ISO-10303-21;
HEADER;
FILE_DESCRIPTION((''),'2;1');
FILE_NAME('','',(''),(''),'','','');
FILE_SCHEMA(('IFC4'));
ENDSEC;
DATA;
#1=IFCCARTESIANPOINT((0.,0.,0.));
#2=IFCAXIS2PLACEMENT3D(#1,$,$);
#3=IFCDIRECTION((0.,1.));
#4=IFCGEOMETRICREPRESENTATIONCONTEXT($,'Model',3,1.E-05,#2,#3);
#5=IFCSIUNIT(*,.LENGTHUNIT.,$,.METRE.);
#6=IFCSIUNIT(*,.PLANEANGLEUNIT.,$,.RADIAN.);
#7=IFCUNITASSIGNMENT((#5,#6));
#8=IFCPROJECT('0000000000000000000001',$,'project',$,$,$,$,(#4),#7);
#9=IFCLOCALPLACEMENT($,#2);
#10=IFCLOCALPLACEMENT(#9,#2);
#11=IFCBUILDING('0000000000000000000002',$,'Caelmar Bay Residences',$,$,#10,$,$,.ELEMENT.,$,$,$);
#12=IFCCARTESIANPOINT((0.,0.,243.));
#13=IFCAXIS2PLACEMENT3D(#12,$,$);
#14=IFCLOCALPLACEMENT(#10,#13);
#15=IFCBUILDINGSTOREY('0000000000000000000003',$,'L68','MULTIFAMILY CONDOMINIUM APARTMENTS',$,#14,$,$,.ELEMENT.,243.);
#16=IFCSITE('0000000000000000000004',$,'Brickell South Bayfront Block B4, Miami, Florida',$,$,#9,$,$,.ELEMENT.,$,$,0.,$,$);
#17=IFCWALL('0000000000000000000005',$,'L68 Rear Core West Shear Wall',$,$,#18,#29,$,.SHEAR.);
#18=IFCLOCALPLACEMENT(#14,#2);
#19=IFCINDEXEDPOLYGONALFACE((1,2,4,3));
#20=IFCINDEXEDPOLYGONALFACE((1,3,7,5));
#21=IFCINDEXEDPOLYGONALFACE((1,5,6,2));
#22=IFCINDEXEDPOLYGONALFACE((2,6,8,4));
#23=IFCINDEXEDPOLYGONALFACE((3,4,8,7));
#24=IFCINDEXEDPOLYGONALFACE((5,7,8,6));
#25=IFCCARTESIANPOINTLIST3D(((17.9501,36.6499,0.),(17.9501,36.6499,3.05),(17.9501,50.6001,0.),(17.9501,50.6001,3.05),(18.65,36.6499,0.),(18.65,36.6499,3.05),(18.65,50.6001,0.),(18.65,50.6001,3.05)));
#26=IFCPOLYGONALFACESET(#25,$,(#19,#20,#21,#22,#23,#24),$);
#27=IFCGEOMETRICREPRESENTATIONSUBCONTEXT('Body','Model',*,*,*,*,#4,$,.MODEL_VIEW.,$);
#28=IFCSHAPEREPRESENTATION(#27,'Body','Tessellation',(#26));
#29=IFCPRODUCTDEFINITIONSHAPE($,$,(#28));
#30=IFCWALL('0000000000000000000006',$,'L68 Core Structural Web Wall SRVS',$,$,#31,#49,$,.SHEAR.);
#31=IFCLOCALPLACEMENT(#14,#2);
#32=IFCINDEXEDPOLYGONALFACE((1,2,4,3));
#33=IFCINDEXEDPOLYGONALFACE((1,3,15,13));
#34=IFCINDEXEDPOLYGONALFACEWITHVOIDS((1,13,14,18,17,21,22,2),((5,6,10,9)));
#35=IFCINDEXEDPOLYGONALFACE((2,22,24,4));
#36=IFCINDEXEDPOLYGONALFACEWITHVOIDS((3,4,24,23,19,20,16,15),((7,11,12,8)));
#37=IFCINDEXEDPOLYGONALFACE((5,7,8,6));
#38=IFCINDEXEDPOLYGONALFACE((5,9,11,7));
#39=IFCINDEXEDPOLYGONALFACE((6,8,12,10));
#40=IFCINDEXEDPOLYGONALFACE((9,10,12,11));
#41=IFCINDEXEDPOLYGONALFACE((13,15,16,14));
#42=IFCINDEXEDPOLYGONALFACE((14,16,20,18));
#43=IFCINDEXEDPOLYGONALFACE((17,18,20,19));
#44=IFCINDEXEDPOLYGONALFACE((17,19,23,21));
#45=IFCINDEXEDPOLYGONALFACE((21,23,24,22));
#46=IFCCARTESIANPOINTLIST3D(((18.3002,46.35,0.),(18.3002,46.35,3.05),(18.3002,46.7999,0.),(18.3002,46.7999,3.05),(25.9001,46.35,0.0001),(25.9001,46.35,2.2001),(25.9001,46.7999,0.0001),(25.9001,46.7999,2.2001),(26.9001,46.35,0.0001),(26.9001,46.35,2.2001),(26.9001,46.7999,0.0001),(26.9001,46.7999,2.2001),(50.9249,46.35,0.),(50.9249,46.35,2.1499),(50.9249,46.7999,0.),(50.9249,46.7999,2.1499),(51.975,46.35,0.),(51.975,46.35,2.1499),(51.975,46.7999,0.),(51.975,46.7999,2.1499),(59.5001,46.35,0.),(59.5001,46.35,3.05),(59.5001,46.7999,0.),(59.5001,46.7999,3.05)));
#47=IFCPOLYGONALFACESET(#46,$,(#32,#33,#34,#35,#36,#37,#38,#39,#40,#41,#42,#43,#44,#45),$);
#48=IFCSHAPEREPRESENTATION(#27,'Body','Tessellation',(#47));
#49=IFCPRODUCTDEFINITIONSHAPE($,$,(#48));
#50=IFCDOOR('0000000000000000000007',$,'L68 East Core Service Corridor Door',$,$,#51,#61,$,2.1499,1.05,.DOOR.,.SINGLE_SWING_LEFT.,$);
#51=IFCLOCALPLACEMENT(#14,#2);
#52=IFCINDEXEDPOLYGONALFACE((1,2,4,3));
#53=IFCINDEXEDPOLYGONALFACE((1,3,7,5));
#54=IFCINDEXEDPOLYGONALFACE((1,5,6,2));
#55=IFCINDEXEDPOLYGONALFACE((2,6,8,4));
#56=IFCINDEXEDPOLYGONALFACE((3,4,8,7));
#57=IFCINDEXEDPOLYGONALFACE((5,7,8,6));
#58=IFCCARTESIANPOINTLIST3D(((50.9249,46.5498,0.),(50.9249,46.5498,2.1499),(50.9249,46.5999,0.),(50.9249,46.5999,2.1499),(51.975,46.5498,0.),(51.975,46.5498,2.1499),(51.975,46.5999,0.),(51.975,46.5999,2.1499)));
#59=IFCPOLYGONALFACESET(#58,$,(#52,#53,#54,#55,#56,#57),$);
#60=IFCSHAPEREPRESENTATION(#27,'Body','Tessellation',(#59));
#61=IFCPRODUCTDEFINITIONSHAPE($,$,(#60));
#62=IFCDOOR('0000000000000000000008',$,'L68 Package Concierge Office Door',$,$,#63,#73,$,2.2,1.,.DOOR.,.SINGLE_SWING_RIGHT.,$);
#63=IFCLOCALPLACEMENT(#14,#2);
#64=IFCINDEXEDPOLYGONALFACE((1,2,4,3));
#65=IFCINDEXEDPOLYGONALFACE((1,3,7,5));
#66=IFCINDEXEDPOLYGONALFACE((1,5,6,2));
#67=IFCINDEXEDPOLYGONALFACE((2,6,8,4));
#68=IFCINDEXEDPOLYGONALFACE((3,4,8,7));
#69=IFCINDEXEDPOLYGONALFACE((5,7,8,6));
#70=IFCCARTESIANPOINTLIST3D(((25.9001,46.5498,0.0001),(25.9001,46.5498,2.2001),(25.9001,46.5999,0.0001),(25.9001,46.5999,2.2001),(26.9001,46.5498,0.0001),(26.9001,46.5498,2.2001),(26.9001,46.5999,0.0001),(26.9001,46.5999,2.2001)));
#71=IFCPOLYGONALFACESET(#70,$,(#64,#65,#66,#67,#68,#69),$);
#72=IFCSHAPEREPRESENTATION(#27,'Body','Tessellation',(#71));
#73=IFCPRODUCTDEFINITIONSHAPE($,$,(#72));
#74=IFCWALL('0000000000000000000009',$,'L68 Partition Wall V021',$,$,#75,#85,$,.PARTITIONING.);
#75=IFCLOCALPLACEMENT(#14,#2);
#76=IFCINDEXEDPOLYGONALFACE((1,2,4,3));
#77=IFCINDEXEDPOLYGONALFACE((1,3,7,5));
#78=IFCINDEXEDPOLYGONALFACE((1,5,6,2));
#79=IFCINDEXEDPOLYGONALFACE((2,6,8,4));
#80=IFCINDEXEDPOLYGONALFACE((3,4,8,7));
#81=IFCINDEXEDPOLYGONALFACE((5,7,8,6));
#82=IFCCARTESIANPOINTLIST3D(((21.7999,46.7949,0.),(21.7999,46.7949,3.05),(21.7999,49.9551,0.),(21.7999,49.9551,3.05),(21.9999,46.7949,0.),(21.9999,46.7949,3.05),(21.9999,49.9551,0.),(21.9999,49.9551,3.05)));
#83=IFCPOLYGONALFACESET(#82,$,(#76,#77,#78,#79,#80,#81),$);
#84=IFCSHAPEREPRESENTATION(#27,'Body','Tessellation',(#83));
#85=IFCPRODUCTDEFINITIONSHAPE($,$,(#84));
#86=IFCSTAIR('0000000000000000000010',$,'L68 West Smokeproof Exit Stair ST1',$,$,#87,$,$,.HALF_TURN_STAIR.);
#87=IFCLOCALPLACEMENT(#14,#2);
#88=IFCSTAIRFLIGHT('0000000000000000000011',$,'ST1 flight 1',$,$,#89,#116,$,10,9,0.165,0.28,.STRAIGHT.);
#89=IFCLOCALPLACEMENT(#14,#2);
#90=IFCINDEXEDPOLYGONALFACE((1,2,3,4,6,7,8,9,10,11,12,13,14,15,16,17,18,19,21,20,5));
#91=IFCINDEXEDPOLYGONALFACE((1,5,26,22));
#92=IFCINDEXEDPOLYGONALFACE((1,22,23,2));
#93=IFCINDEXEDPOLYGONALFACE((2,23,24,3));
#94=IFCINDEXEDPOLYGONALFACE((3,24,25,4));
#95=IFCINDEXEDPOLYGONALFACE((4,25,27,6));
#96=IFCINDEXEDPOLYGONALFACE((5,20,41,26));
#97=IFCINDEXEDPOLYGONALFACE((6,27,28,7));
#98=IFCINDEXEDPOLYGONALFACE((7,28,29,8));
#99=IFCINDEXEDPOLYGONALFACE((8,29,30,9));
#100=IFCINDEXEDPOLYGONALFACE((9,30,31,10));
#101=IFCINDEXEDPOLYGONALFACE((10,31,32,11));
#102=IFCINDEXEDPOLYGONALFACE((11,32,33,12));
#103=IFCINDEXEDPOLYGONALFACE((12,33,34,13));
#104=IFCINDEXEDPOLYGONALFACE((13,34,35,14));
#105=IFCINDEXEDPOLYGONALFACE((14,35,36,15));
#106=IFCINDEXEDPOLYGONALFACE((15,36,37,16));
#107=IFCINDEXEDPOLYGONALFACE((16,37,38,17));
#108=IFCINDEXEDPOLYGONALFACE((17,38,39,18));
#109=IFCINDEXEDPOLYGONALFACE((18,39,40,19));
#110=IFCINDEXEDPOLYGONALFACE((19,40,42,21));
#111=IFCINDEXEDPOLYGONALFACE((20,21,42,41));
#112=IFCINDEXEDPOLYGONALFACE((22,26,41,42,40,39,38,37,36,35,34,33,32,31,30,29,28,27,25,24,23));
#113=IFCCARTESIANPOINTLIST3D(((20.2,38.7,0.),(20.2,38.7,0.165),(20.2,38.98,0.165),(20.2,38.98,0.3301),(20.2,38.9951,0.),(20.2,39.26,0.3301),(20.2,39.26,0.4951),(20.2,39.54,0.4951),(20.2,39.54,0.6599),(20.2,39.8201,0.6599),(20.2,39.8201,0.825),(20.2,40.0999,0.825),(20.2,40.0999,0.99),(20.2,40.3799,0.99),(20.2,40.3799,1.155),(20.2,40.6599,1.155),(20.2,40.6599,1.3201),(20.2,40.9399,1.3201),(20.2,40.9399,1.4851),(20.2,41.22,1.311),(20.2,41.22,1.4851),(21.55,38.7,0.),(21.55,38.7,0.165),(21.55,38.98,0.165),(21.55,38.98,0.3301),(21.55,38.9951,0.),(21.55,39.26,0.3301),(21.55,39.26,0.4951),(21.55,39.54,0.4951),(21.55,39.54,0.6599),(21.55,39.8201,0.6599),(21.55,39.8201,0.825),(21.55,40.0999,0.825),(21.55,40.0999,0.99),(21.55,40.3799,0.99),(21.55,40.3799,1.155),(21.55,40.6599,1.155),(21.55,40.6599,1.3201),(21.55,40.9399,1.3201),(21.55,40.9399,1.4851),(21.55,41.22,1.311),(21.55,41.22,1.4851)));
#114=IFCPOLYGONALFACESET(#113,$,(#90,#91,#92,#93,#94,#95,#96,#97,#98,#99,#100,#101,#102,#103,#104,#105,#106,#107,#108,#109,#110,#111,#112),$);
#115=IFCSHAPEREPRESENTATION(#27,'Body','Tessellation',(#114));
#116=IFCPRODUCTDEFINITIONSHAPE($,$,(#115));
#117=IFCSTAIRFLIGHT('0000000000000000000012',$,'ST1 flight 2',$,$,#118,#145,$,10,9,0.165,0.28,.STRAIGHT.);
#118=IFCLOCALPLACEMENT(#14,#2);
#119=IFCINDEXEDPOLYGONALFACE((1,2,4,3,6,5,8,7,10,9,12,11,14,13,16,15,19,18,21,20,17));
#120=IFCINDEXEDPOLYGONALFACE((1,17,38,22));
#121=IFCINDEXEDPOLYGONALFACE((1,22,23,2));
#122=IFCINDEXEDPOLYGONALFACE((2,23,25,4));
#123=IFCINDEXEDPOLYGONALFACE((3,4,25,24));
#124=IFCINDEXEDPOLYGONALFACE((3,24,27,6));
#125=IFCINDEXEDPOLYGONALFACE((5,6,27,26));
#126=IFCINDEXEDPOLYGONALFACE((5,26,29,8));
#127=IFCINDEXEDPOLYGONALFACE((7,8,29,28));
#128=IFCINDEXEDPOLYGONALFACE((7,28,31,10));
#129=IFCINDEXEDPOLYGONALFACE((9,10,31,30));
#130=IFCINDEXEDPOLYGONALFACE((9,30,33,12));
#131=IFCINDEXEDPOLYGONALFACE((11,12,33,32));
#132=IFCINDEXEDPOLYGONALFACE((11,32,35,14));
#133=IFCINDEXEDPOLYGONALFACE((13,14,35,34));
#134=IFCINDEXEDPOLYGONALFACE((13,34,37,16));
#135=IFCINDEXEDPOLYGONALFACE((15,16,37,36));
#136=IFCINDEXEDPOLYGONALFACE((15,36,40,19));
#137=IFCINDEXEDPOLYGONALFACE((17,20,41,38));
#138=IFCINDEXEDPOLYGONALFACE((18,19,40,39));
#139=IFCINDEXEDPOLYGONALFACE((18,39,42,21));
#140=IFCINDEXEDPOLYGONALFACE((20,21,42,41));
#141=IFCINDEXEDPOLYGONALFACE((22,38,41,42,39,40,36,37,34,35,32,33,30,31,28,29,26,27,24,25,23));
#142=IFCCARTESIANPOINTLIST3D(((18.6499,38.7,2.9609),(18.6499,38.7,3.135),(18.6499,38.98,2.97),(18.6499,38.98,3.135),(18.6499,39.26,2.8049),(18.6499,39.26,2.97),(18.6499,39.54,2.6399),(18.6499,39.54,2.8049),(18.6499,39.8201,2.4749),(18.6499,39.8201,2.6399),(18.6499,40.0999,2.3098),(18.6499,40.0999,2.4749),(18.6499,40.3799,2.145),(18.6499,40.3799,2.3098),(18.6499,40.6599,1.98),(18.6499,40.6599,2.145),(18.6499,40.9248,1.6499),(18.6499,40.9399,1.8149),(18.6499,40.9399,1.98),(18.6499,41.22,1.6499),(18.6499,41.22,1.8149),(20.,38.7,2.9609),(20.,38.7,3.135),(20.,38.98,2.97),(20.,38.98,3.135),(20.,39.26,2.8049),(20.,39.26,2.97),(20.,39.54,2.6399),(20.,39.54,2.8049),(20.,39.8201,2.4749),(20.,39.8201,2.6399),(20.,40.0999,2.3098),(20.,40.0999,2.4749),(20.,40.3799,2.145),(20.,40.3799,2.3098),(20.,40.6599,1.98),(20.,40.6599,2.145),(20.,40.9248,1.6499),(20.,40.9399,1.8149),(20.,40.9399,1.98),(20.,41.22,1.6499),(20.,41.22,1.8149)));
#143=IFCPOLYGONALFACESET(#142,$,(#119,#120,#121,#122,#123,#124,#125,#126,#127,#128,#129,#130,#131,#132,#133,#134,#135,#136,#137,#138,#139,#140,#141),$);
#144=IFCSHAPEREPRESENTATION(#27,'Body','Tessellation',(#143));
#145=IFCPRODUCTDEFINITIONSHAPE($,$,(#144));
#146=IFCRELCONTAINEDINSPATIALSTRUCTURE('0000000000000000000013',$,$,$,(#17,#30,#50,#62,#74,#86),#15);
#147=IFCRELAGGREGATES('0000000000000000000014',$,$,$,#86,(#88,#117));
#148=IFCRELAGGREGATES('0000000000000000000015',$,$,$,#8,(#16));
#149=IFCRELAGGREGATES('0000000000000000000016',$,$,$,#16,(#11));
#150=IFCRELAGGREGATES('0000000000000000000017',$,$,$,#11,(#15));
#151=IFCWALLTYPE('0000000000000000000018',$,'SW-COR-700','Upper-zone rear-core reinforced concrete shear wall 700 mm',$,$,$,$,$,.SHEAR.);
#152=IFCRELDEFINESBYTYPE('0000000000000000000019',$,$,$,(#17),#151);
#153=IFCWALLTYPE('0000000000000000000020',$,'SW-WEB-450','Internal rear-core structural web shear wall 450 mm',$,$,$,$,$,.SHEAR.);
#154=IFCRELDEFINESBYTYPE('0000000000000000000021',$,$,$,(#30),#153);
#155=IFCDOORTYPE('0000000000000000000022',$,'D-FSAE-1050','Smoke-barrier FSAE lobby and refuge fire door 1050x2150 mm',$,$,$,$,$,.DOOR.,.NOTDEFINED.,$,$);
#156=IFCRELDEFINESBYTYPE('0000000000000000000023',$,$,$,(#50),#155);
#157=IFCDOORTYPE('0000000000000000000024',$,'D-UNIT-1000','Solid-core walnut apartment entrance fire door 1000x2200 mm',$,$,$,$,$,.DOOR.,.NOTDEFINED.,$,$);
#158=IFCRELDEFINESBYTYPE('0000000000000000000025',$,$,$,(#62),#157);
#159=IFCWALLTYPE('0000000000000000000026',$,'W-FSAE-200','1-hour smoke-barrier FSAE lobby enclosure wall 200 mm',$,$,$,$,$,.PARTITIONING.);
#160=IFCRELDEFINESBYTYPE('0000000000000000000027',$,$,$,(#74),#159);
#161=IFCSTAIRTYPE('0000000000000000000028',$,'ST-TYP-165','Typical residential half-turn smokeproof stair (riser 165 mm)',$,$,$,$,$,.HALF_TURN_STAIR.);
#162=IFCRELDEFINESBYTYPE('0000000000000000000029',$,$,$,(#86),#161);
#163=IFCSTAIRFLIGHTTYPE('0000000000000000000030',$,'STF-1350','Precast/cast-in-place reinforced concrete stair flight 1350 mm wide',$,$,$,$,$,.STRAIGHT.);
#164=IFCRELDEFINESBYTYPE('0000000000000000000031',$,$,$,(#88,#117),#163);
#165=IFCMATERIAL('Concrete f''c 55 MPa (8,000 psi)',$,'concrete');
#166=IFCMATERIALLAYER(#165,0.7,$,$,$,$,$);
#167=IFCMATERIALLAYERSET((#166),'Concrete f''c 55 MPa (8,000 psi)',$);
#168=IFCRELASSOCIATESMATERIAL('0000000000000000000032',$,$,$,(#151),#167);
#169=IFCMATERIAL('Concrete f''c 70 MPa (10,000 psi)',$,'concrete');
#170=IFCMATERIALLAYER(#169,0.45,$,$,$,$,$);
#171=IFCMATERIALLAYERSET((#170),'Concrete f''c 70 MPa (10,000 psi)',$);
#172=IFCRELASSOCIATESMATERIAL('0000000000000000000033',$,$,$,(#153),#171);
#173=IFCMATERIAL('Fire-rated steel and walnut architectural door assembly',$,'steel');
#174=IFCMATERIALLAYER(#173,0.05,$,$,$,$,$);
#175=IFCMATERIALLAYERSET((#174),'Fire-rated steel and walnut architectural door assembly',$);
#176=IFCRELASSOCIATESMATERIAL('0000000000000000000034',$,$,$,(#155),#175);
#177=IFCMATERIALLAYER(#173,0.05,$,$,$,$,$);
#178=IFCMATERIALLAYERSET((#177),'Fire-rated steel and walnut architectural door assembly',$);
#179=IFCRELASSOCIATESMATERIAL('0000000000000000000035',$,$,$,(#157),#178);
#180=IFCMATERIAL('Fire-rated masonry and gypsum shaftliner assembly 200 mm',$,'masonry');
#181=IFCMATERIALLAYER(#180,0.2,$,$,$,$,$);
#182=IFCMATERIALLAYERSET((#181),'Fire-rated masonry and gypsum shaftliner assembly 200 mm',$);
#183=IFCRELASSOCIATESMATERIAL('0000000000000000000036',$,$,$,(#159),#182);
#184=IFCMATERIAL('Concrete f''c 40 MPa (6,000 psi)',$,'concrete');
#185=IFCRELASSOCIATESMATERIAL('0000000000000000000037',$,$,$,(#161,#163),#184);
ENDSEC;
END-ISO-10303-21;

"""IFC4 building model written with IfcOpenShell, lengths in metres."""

from ifc_helpers import new_model, si_unit, direction, frame, frame_2d, origin, place, context, subcontext, project, spatial, polyline, rectangle, outline, extrude, material, layer, layer_set, type_object, element, fill, aggregate, save


model = new_model("IFC4")

# Units and contexts
model_context = context("Model", 3, precision=1e-05, world=origin(), true_north=direction((0.0, 1.0)))
body_context = subcontext(model_context, "Body", "Model", "MODEL_VIEW")
ifc_project = project(units=[si_unit("LENGTHUNIT", "METRE"), si_unit("PLANEANGLEUNIT", "RADIAN")], contexts=[model_context])

# Site, building, storey
site_placement = place(None, origin())
site = spatial("IfcSite", under=ifc_project, at=site_placement, Name="Brickell South Bayfront Block B4, Miami, Florida", CompositionType="ELEMENT", RefElevation=0.0)
building_placement = place(site_placement, origin())
building = spatial("IfcBuilding", under=site, at=building_placement, Name="Caelmar Bay Residences", CompositionType="ELEMENT")
storey_placement = place(building_placement, frame((0.0, 0.0, 243.0)))
storey = spatial("IfcBuildingStorey", under=building, at=storey_placement, Name="L68", Description="MULTIFAMILY CONDOMINIUM APARTMENTS", CompositionType="ELEMENT", Elevation=243.0)

# Wall
ifc_material_1 = material(Name="Concrete f'c 55 MPa (8,000 psi)", Category="concrete")
ifc_layer_1 = layer(ifc_material_1, 0.7)
ifc_layer_set_1 = layer_set([ifc_layer_1], Name="Concrete f'c 55 MPa (8,000 psi)")
wall_type_1 = type_object("IfcWallType", Name="SW-COR-700", Description="Upper-zone rear-core reinforced concrete shear wall 700 mm", PredefinedType="SHEAR", material=ifc_layer_set_1)
wall_1_placement = place(storey_placement, frame((18.3, 36.6499, 0.0), z_axis=(0.0, 0.0, 1.0), x_axis=(0.0, 1.0, 0.0)))
element("IfcWall", 1, at=wall_1_placement, inside=storey, type_object=wall_type_1, Name="L68 Rear Core West Shear Wall", PredefinedType="SHEAR", context=body_context, shape_type="SweptSolid", body=[
    extrude(rectangle(XDim=13.9502, YDim=0.7, at=frame_2d((6.9751, 0.0))), origin(), (0.0, 0.0, 1.0), 3.05),
])

# Shared definitions
ifc_material_2 = material(Name="Fire-rated steel and walnut architectural door assembly", Category="steel")

# Wall, openings, doors
ifc_material_3 = material(Name="Concrete f'c 70 MPa (10,000 psi)", Category="concrete")
ifc_layer_2 = layer(ifc_material_3, 0.45)
ifc_layer_set_2 = layer_set([ifc_layer_2], Name="Concrete f'c 70 MPa (10,000 psi)")
wall_type_2 = type_object("IfcWallType", Name="SW-WEB-450", Description="Internal rear-core structural web shear wall 450 mm", PredefinedType="SHEAR", material=ifc_layer_set_2)
ifc_layer_3 = layer(ifc_material_2, 0.05)
ifc_layer_set_3 = layer_set([ifc_layer_3], Name="Fire-rated steel and walnut architectural door assembly")
door_type_1 = type_object("IfcDoorType", Name="D-FSAE-1050", Description="Smoke-barrier FSAE lobby and refuge fire door 1050x2150 mm", OperationType="NOTDEFINED", PredefinedType="DOOR", material=ifc_layer_set_3)
ifc_layer_4 = layer(ifc_material_2, 0.05)
ifc_layer_set_4 = layer_set([ifc_layer_4], Name="Fire-rated steel and walnut architectural door assembly")
door_type_2 = type_object("IfcDoorType", Name="D-UNIT-1000", Description="Solid-core walnut apartment entrance fire door 1000x2200 mm", OperationType="NOTDEFINED", PredefinedType="DOOR", material=ifc_layer_set_4)
wall_2_placement = place(storey_placement, frame((18.3, 46.575, 0.0), z_axis=(0.0, 0.0, 1.0), x_axis=(1.0, 0.0, 0.0)))
wall_2 = element("IfcWall", 2, at=wall_2_placement, inside=storey, type_object=wall_type_2, Name="L68 Core Structural Web Wall SRVS", PredefinedType="SHEAR", context=body_context, shape_type="SweptSolid", body=[
    extrude(rectangle(XDim=41.2, YDim=0.45, at=frame_2d((20.6001, 0.0))), origin(), (0.0, 0.0, 1.0), 3.05),
])
opening_1_placement = place(wall_2_placement, frame((7.6001, 0.0, 0.0)))
opening_1 = element("IfcOpeningElement", 3, at=opening_1_placement, cuts=wall_2, PredefinedType="OPENING", context=body_context, shape_type="SweptSolid", body=[
    extrude(rectangle(XDim=1.0, YDim=2.2, at=frame_2d((0.5, 1.1001))), frame((0.0, 0.2349, 0.0), z_axis=(0.0, -1.0, 0.0), x_axis=(1.0, 0.0, 0.0)), (0.0, 0.0, 1.0), 0.47),
])
opening_2_placement = place(wall_2_placement, frame((32.625, 0.0, 0.0)))
opening_2 = element("IfcOpeningElement", 4, at=opening_2_placement, cuts=wall_2, PredefinedType="OPENING", context=body_context, shape_type="SweptSolid", body=[
    extrude(rectangle(XDim=1.05, YDim=2.1499, at=frame_2d((0.5249, 1.075))), frame((0.0, 0.2349, 0.0), z_axis=(0.0, -1.0, 0.0), x_axis=(1.0, 0.0, 0.0)), (0.0, 0.0, 1.0), 0.47),
])
door_1_placement = place(opening_2_placement, origin())
door_1 = element("IfcDoor", 5, at=door_1_placement, inside=storey, type_object=door_type_1, Name="L68 East Core Service Corridor Door", OperationType="SINGLE_SWING_LEFT", OverallHeight=2.1499, OverallWidth=1.05, PredefinedType="DOOR", context=body_context, shape_type="SweptSolid", body=[
    extrude(rectangle(XDim=1.05, YDim=2.1499, at=frame_2d((0.5249, 1.075))), frame((0.0, 0.0249, 0.0), z_axis=(0.0, -1.0, 0.0), x_axis=(1.0, 0.0, 0.0)), (0.0, 0.0, 1.0), 0.05),
])
fill(opening_2, door_1)
door_2_placement = place(opening_1_placement, origin())
door_2 = element("IfcDoor", 6, at=door_2_placement, inside=storey, type_object=door_type_2, Name="L68 Package Concierge Office Door", OperationType="SINGLE_SWING_RIGHT", OverallHeight=2.2, OverallWidth=1.0, PredefinedType="DOOR", context=body_context, shape_type="SweptSolid", body=[
    extrude(rectangle(XDim=1.0, YDim=2.2, at=frame_2d((0.5, 1.1001))), frame((0.0, 0.0249, 0.0), z_axis=(0.0, -1.0, 0.0), x_axis=(1.0, 0.0, 0.0)), (0.0, 0.0, 1.0), 0.05),
])
fill(opening_1, door_2)

# Wall
ifc_material_4 = material(Name="Fire-rated masonry and gypsum shaftliner assembly 200 mm", Category="masonry")
ifc_layer_5 = layer(ifc_material_4, 0.2)
ifc_layer_set_5 = layer_set([ifc_layer_5], Name="Fire-rated masonry and gypsum shaftliner assembly 200 mm")
wall_type_3 = type_object("IfcWallType", Name="W-FSAE-200", Description="1-hour smoke-barrier FSAE lobby enclosure wall 200 mm", PredefinedType="PARTITIONING", material=ifc_layer_set_5)
wall_3_placement = place(storey_placement, frame((21.8999, 46.7949, 0.0), z_axis=(0.0, 0.0, 1.0), x_axis=(0.0, 1.0, 0.0)))
element("IfcWall", 7, at=wall_3_placement, inside=storey, type_object=wall_type_3, Name="L68 Partition Wall V021", PredefinedType="PARTITIONING", context=body_context, shape_type="SweptSolid", body=[
    extrude(rectangle(XDim=3.1602, YDim=0.2, at=frame_2d((1.5801, 0.0))), origin(), (0.0, 0.0, 1.0), 3.05),
])

# Stair, stair flights
ifc_material_5 = material(Name="Concrete f'c 40 MPa (6,000 psi)", Category="concrete")
stair_type = type_object("IfcStairType", Name="ST-TYP-165", Description="Typical residential half-turn smokeproof stair (riser 165 mm)", PredefinedType="HALF_TURN_STAIR", material=ifc_material_5)
stair_placement = place(storey_placement, origin())
stair = element("IfcStair", 8, at=stair_placement, inside=storey, type_object=stair_type, Name="L68 West Smokeproof Exit Stair ST1", PredefinedType="HALF_TURN_STAIR")
stair_flight_type = type_object("IfcStairFlightType", Name="STF-1350", Description="Precast/cast-in-place reinforced concrete stair flight 1350 mm wide", PredefinedType="STRAIGHT", material=ifc_material_5)
stair_flight_1_placement = place(storey_placement, frame((20.875, 38.7, 0.0), z_axis=(0.0, 0.0, 1.0), x_axis=(0.0, 1.0, 0.0)))
stair_flight_1 = element("IfcStairFlight", 9, at=stair_flight_1_placement, type_object=stair_flight_type, Name="ST1 flight 1", NumberOfRisers=10, NumberOfTreads=9, PredefinedType="STRAIGHT", RiserHeight=0.165, TreadLength=0.28, context=body_context, shape_type="SweptSolid", body=[
    extrude(outline(polyline([(0.0, 0.0), (0.0, 0.165), (0.28, 0.165), (0.28, 0.3301), (0.5601, 0.3301), (0.5601, 0.4951), (0.8401, 0.4951), (0.8401, 0.6599), (1.1201, 0.6599), (1.1201, 0.825), (1.3999, 0.825), (1.3999, 0.99), (1.6799, 0.99), (1.6799, 1.155), (1.96, 1.155), (1.96, 1.3201), (2.24, 1.3201), (2.24, 1.4851), (2.52, 1.4851), (2.52, 1.6499), (2.52, 1.311), (0.2952, 0.0), (0.0, 0.0)])), frame((0.0, 0.675, 0.0), z_axis=(0.0, -1.0, 0.0), x_axis=(1.0, 0.0, 0.0)), (0.0, 0.0, 1.0), 1.3501),
])
stair_flight_2_placement = place(storey_placement, frame((19.325, 41.22, 1.6499), z_axis=(0.0, 0.0, 1.0), x_axis=(0.0, -1.0, 0.0)))
stair_flight_2 = element("IfcStairFlight", 10, at=stair_flight_2_placement, type_object=stair_flight_type, Name="ST1 flight 2", NumberOfRisers=10, NumberOfTreads=9, PredefinedType="STRAIGHT", RiserHeight=0.165, TreadLength=0.28, context=body_context, shape_type="SweptSolid", body=[
    extrude(outline(polyline([(0.0, 0.0), (0.0, 0.165), (0.28, 0.165), (0.28, 0.3301), (0.5601, 0.3301), (0.5601, 0.4951), (0.8401, 0.4951), (0.8401, 0.6599), (1.1201, 0.6599), (1.1201, 0.825), (1.3999, 0.825), (1.3999, 0.99), (1.6799, 0.99), (1.6799, 1.155), (1.96, 1.155), (1.96, 1.3201), (2.24, 1.3201), (2.24, 1.4851), (2.52, 1.4851), (2.52, 1.6499), (2.52, 1.311), (0.2952, 0.0), (0.0, 0.0)])), frame((0.0, 0.675, 0.0), z_axis=(0.0, -1.0, 0.0), x_axis=(1.0, 0.0, 0.0)), (0.0, 0.0, 1.0), 1.3501),
])
aggregate(stair, [stair_flight_1, stair_flight_2])

save(model, "model.ifc")
